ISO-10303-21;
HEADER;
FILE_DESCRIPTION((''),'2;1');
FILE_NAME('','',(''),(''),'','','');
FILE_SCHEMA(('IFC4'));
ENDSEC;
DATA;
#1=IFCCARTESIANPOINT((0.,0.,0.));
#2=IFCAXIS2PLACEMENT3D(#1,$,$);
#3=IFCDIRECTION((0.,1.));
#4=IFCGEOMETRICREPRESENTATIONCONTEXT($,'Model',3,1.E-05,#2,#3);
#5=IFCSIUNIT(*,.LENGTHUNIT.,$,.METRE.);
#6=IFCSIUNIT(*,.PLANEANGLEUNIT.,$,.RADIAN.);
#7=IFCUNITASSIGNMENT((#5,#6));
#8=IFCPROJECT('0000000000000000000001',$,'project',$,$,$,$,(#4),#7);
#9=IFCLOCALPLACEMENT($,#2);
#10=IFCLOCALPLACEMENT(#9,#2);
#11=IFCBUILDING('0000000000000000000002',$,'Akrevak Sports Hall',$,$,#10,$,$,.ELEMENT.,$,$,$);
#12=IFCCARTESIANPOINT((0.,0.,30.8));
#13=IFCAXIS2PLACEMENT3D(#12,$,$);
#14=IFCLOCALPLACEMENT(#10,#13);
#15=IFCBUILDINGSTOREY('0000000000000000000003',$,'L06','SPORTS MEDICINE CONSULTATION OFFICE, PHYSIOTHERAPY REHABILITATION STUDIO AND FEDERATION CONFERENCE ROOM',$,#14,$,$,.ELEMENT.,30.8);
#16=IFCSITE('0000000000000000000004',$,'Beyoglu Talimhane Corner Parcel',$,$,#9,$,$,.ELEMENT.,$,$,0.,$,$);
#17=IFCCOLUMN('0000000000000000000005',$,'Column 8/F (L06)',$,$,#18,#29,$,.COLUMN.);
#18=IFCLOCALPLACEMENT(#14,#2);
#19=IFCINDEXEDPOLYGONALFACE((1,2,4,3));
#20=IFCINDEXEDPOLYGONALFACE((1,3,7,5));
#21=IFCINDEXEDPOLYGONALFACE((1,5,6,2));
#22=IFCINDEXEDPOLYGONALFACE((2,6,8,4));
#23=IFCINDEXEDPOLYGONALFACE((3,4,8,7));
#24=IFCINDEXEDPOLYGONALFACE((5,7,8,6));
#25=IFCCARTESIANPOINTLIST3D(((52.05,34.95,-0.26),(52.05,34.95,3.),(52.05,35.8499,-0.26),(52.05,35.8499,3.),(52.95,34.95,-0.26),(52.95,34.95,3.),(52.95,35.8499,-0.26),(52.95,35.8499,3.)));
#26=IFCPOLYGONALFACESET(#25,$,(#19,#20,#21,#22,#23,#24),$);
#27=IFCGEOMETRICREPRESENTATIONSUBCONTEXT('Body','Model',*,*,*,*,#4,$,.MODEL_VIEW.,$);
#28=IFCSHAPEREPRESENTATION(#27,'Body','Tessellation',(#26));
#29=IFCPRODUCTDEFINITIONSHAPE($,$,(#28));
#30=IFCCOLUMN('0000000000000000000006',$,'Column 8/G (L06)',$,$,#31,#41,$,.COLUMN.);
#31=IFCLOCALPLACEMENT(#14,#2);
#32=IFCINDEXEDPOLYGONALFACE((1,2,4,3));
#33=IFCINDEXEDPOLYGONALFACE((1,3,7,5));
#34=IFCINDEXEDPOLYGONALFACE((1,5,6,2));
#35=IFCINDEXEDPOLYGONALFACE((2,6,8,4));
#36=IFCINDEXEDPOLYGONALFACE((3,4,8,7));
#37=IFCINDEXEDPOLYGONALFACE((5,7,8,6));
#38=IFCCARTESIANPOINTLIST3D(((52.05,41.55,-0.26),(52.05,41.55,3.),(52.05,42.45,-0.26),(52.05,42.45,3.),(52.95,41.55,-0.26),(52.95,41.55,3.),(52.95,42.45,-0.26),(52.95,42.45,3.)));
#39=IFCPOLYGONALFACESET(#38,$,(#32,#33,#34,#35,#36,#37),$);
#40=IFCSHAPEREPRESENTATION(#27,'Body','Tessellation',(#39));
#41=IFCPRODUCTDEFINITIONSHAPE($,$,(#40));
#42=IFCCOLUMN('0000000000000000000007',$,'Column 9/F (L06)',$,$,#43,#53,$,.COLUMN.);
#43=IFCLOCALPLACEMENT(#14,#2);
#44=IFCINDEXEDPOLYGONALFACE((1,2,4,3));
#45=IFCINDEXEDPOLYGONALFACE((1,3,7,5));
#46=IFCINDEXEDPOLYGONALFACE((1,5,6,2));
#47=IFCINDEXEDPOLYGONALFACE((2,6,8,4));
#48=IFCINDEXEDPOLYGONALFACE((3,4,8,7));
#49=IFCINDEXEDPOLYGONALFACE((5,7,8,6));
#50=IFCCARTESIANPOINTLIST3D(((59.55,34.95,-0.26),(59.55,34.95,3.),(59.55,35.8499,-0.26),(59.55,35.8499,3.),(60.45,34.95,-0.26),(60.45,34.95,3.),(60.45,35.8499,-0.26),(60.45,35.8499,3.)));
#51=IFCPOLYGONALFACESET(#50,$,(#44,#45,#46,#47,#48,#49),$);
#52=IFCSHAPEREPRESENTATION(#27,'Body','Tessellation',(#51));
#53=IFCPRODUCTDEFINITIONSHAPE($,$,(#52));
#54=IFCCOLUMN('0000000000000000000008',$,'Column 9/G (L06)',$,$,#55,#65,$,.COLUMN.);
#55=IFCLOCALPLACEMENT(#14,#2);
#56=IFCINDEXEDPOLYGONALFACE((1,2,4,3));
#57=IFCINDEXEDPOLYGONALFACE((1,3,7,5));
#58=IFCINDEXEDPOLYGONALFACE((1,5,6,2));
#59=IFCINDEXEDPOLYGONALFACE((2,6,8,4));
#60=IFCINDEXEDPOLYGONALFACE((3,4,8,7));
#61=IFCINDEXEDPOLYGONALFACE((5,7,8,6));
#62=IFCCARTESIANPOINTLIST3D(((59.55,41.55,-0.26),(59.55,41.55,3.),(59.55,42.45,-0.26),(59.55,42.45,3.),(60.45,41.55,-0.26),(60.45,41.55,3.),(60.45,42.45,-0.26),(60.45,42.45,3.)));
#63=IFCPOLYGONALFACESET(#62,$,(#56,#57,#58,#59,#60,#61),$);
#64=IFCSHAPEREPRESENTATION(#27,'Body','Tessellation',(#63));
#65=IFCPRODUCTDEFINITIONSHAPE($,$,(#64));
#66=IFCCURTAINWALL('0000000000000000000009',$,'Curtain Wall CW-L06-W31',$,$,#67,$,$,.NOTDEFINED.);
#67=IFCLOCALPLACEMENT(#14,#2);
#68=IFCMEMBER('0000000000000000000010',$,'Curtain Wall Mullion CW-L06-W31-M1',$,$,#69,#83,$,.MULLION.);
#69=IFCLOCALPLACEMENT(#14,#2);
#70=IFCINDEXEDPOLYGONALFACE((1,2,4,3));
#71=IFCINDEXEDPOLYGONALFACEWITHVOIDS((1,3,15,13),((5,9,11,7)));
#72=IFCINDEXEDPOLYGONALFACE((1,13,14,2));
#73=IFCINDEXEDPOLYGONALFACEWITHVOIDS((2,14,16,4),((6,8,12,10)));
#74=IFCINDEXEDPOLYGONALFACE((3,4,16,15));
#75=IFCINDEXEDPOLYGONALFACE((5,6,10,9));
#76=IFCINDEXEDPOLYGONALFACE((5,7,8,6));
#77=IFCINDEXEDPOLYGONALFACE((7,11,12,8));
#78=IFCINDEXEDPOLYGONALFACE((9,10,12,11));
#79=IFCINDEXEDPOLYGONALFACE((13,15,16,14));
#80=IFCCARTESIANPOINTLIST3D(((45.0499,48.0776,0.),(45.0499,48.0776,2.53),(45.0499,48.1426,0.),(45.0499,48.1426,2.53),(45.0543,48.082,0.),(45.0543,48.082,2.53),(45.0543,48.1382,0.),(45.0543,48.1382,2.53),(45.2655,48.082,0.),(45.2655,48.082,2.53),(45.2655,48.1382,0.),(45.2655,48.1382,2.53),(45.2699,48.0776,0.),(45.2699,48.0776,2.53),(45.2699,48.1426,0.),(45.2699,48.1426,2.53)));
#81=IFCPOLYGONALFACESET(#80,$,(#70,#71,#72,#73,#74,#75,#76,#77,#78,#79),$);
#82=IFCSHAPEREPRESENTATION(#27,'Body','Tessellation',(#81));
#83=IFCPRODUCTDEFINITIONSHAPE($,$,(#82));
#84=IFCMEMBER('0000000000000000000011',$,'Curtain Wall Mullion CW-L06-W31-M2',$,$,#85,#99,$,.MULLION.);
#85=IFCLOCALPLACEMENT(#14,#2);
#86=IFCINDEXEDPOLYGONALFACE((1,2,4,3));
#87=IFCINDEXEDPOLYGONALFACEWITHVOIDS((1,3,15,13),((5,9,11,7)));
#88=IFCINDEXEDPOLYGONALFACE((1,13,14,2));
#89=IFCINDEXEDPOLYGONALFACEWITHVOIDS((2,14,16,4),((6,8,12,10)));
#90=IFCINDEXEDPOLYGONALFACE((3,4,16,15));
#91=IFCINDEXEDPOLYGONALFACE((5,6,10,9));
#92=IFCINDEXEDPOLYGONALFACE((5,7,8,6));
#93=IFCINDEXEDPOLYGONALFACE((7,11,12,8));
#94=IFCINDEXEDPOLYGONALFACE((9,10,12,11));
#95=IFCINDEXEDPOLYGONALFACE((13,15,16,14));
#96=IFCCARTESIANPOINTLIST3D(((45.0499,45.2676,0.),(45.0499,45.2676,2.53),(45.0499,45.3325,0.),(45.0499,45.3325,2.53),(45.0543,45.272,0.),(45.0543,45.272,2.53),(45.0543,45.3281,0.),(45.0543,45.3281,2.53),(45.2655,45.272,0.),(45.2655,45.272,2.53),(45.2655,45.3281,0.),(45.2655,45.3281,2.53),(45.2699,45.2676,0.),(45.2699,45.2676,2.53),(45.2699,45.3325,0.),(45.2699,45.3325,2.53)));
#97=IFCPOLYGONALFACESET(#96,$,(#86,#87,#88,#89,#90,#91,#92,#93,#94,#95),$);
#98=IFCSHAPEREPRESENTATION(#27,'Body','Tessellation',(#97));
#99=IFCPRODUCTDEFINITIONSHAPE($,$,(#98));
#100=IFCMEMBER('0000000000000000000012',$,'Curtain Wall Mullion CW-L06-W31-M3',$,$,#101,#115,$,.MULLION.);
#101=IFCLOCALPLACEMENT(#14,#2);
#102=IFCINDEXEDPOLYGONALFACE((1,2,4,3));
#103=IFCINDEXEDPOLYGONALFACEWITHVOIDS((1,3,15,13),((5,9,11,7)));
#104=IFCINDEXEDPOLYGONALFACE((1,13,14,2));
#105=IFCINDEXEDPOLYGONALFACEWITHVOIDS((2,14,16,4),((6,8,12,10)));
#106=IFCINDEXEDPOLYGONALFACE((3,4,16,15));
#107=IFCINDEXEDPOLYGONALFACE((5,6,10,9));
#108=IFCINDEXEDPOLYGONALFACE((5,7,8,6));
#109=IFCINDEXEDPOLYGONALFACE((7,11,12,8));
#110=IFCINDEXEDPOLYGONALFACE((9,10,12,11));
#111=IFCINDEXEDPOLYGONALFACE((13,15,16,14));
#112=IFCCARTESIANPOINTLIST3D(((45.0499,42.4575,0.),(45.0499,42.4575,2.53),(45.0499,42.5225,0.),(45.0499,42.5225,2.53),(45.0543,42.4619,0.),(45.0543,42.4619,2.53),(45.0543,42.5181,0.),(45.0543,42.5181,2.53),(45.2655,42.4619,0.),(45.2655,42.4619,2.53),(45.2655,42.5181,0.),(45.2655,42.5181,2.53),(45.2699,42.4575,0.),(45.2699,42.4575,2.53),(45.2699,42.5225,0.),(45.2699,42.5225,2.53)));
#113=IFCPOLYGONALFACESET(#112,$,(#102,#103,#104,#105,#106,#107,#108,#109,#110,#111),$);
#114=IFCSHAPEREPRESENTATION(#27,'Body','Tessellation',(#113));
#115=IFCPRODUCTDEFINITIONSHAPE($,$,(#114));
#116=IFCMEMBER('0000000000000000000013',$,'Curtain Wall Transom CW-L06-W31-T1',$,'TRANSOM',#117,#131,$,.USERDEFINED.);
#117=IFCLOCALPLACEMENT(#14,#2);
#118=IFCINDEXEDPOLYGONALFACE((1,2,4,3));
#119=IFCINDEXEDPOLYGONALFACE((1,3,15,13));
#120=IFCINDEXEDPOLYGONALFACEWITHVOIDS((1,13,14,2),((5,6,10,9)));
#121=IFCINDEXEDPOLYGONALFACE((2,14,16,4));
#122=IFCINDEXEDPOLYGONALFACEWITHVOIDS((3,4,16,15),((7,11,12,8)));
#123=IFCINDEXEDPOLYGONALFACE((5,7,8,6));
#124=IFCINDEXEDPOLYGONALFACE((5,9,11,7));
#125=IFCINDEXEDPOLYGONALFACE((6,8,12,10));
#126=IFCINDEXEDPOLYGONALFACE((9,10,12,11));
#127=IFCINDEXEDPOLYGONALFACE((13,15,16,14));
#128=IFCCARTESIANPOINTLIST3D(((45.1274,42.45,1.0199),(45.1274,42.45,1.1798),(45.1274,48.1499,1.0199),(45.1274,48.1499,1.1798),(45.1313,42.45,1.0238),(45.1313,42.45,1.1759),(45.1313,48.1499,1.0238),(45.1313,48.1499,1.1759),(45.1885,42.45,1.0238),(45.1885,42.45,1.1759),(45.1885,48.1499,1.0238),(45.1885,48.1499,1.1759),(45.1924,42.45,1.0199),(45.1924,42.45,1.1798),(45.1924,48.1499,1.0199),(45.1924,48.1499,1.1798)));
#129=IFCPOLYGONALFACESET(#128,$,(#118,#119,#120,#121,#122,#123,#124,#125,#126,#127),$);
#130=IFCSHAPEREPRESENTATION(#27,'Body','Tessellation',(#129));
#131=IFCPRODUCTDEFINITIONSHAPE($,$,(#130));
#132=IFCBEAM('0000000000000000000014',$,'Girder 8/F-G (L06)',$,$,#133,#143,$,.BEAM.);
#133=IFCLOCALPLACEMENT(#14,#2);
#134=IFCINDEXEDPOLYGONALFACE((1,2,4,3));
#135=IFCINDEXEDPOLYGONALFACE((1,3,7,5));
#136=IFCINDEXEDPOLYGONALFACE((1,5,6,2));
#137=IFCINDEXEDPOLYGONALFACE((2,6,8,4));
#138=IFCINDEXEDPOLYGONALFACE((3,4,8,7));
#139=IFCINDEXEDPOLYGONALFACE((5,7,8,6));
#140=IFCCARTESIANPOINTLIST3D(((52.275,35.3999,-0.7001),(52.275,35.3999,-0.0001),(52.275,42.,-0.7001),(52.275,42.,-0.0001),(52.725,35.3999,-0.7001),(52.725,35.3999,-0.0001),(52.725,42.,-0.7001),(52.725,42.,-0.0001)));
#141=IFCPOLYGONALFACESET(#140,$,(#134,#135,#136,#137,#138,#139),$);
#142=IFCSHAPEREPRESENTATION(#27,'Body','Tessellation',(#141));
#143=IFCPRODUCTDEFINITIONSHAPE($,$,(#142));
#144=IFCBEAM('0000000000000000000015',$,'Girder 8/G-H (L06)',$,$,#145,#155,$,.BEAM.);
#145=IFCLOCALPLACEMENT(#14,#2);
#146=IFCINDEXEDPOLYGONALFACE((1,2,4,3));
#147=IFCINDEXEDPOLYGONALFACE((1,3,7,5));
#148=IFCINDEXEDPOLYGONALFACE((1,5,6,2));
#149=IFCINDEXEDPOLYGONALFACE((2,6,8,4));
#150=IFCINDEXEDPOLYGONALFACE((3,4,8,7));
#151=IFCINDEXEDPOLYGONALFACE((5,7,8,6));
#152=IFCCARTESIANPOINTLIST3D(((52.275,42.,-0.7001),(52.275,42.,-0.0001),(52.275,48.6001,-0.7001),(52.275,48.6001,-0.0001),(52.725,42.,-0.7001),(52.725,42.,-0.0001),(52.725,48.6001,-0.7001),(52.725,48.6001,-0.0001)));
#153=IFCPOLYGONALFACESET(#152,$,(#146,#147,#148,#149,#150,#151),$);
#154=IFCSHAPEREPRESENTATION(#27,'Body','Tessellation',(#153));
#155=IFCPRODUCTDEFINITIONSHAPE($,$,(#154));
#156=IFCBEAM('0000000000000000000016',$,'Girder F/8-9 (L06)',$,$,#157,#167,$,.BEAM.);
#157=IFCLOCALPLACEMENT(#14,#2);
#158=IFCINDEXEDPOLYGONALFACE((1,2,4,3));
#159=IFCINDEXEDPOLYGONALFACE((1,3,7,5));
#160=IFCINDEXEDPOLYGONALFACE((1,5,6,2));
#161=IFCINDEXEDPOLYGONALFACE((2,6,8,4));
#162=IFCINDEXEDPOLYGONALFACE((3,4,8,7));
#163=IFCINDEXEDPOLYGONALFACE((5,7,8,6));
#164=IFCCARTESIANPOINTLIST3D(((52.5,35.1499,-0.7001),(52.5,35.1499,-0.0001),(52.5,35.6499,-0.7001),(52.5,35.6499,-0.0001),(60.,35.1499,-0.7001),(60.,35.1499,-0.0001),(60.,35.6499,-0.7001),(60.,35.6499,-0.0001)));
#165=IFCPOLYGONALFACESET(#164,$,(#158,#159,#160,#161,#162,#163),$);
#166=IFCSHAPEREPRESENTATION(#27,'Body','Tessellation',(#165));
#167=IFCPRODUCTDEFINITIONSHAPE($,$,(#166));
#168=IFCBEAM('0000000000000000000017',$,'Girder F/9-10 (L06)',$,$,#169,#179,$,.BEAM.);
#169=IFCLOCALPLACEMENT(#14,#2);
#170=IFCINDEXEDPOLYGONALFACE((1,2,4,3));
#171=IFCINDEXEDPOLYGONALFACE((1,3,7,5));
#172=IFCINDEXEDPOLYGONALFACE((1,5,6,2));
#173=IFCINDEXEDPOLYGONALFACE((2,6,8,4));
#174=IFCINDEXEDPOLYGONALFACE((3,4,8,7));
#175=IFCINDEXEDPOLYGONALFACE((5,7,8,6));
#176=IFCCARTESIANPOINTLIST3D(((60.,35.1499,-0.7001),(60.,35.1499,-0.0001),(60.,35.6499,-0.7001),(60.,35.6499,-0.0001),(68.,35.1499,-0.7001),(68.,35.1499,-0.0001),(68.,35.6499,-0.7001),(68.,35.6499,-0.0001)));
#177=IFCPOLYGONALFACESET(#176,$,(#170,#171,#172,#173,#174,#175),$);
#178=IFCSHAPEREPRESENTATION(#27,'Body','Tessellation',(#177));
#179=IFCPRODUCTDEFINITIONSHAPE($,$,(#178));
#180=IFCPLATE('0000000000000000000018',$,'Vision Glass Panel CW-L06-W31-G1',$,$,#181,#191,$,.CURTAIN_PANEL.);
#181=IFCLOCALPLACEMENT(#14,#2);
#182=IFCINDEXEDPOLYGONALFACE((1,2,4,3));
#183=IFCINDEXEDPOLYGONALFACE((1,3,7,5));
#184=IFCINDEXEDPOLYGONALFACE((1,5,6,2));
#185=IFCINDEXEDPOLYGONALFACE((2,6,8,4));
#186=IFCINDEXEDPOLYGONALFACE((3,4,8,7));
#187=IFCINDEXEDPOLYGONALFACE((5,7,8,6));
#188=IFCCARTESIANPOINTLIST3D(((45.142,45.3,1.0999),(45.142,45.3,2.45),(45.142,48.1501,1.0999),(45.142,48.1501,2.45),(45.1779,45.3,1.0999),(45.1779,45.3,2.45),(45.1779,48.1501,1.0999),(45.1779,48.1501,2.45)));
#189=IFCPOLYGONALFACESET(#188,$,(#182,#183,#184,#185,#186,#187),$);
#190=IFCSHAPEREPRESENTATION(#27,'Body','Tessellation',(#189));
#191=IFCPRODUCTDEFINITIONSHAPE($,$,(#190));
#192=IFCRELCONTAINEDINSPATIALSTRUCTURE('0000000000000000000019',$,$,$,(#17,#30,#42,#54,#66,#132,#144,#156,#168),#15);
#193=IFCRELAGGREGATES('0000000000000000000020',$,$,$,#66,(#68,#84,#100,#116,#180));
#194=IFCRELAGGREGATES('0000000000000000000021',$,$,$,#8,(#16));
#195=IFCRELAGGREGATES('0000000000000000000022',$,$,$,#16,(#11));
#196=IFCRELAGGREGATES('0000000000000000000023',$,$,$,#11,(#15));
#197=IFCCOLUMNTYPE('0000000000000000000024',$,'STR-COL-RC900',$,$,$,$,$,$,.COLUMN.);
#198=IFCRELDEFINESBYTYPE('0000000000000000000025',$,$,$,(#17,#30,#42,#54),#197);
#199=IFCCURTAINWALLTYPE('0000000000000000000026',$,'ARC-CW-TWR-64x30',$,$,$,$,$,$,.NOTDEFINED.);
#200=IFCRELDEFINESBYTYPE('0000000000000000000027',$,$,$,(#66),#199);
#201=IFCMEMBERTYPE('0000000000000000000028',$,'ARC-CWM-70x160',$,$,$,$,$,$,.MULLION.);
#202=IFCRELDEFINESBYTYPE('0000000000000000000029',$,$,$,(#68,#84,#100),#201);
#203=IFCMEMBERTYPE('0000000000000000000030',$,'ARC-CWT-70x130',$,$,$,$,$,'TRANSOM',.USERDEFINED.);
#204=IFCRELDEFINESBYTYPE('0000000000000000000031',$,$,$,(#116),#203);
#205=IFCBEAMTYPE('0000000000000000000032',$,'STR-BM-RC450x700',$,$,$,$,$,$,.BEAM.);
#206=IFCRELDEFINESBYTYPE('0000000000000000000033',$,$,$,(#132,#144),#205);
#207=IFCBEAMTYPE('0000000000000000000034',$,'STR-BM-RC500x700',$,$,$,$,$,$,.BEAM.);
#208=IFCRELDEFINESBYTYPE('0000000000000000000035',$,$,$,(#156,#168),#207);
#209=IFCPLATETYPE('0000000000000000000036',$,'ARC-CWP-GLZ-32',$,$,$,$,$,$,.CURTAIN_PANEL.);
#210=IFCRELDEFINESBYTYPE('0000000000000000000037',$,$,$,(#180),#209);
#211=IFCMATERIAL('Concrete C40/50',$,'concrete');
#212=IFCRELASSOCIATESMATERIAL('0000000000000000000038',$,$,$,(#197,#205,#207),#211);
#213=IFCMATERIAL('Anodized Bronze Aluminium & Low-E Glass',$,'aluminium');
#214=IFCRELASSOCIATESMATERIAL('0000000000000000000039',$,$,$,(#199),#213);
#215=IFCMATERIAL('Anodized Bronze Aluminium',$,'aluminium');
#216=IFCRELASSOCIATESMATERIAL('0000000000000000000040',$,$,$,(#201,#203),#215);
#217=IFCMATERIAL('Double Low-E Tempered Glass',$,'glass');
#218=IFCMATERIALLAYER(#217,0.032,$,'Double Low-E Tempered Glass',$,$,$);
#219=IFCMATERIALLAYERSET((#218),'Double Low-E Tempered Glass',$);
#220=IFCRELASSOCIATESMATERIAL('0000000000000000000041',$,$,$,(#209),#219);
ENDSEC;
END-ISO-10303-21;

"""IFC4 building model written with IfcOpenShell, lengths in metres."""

from ifc_helpers import new_model, si_unit, direction, frame, origin, origin_2d, place, context, subcontext, project, spatial, rectangle, hollow_rectangle, extrude, material, layer, layer_set, material_profile, profile_set, type_object, element, aggregate, save


model = new_model("IFC4")

# Units and contexts
model_context = context("Model", 3, precision=1e-05, world=origin(), true_north=direction((0.0, 1.0)))
body_context = subcontext(model_context, "Body", "Model", "MODEL_VIEW")
ifc_project = project(units=[si_unit("LENGTHUNIT", "METRE"), si_unit("PLANEANGLEUNIT", "RADIAN")], contexts=[model_context])

# Site, building, storey
site_placement = place(None, origin())
site = spatial("IfcSite", under=ifc_project, at=site_placement, Name="Beyoglu Talimhane Corner Parcel", CompositionType="ELEMENT", RefElevation=0.0)
building_placement = place(site_placement, origin())
building = spatial("IfcBuilding", under=site, at=building_placement, Name="Akrevak Sports Hall", CompositionType="ELEMENT")
storey_placement = place(building_placement, frame((0.0, 0.0, 30.8)))
storey = spatial("IfcBuildingStorey", under=building, at=storey_placement, Name="L06", Description="SPORTS MEDICINE CONSULTATION OFFICE, PHYSIOTHERAPY REHABILITATION STUDIO AND FEDERATION CONFERENCE ROOM", CompositionType="ELEMENT", Elevation=30.8)

# Columns
ifc_material_1 = material(Name="Concrete C40/50", Category="concrete")
ifc_material_profile_1 = material_profile(ifc_material_1, rectangle(XDim=0.8999, YDim=0.8999, at=origin_2d()), Name="RC 900x900", Category="concrete")
ifc_profile_set_1 = profile_set([ifc_material_profile_1], Name="Concrete C40/50")
column_type = type_object("IfcColumnType", Name="STR-COL-RC900", PredefinedType="COLUMN", material=ifc_profile_set_1)
for number, where, z_axis, x_axis, name in (
    (1, (52.5, 35.3999, -0.26), (0.0, 0.0, 1.0), (1.0, 0.0, 0.0), "Column 8/F (L06)"),
    (2, (52.5, 42.0, -0.26), (0.0, 0.0, 1.0), (1.0, 0.0, 0.0), "Column 8/G (L06)"),
    (3, (60.0, 35.3999, -0.26), (0.0, 0.0, 1.0), (1.0, 0.0, 0.0), "Column 9/F (L06)"),
    (4, (60.0, 42.0, -0.26), (0.0, 0.0, 1.0), (1.0, 0.0, 0.0), "Column 9/G (L06)"),
):
    element("IfcColumn", number, at=place(storey_placement, frame(where, z_axis=z_axis, x_axis=x_axis)), inside=storey, type_object=column_type, Name=name, PredefinedType="COLUMN", context=body_context, shape_type="SweptSolid", body=[
        extrude(rectangle(XDim=0.8999, YDim=0.8999, at=origin_2d()), origin(), (0.0, 0.0, 1.0), 3.26),
    ])

# Curtain wall, members
ifc_material_2 = material(Name="Anodized Bronze Aluminium & Low-E Glass", Category="aluminium")
curtain_wall_type = type_object("IfcCurtainWallType", Name="ARC-CW-TWR-64x30", PredefinedType="NOTDEFINED", material=ifc_material_2)
curtain_wall_placement = place(storey_placement, origin())
curtain_wall = element("IfcCurtainWall", 5, at=curtain_wall_placement, inside=storey, type_object=curtain_wall_type, Name="Curtain Wall CW-L06-W31", PredefinedType="NOTDEFINED")
ifc_material_3 = material(Name="Anodized Bronze Aluminium", Category="aluminium")
ifc_material_profile_2 = material_profile(ifc_material_3, hollow_rectangle(XDim=0.0649, YDim=0.22, WallThickness=0.0044, at=origin_2d()), Name="CWM 65x220", Category="aluminium")
ifc_profile_set_2 = profile_set([ifc_material_profile_2], Name="Anodized Bronze Aluminium")
member_type_1 = type_object("IfcMemberType", Name="ARC-CWM-70x160", PredefinedType="MULLION", material=ifc_profile_set_2)
member_1_placement = place(storey_placement, frame((45.1599, 48.1101, 0.0), z_axis=(0.0, 0.0, 1.0), x_axis=(0.0, -1.0, 0.0)))
member_1 = element("IfcMember", 6, at=member_1_placement, type_object=member_type_1, Name="Curtain Wall Mullion CW-L06-W31-M1", PredefinedType="MULLION", context=body_context, shape_type="SweptSolid", body=[
    extrude(hollow_rectangle(XDim=0.0649, YDim=0.22, WallThickness=0.0044, at=origin_2d()), origin(), (0.0, 0.0, 1.0), 2.53),
])
member_2_placement = place(storey_placement, frame((45.1599, 45.3, 0.0), z_axis=(0.0, 0.0, 1.0), x_axis=(0.0, -1.0, 0.0)))
member_2 = element("IfcMember", 7, at=member_2_placement, type_object=member_type_1, Name="Curtain Wall Mullion CW-L06-W31-M2", PredefinedType="MULLION", context=body_context, shape_type="SweptSolid", body=[
    extrude(hollow_rectangle(XDim=0.0649, YDim=0.22, WallThickness=0.0044, at=origin_2d()), origin(), (0.0, 0.0, 1.0), 2.53),
])
member_3_placement = place(storey_placement, frame((45.1599, 42.49, 0.0), z_axis=(0.0, 0.0, 1.0), x_axis=(0.0, -1.0, 0.0)))
member_3 = element("IfcMember", 8, at=member_3_placement, type_object=member_type_1, Name="Curtain Wall Mullion CW-L06-W31-M3", PredefinedType="MULLION", context=body_context, shape_type="SweptSolid", body=[
    extrude(hollow_rectangle(XDim=0.0649, YDim=0.22, WallThickness=0.0044, at=origin_2d()), origin(), (0.0, 0.0, 1.0), 2.53),
])
ifc_material_profile_3 = material_profile(ifc_material_3, hollow_rectangle(XDim=0.0649, YDim=0.1599, WallThickness=0.0039, at=origin_2d()), Name="CWT 65x160", Category="aluminium")
ifc_profile_set_3 = profile_set([ifc_material_profile_3], Name="Anodized Bronze Aluminium")
member_type_2 = type_object("IfcMemberType", Name="ARC-CWT-70x130", ElementType="TRANSOM", PredefinedType="USERDEFINED", material=ifc_profile_set_3)
member_4_placement = place(storey_placement, frame((45.1599, 48.1499, 1.0999), z_axis=(0.0, -1.0, 0.0), x_axis=(1.0, 0.0, 0.0)))
member_4 = element("IfcMember", 9, at=member_4_placement, type_object=member_type_2, Name="Curtain Wall Transom CW-L06-W31-T1", ObjectType="TRANSOM", PredefinedType="USERDEFINED", context=body_context, shape_type="SweptSolid", body=[
    extrude(hollow_rectangle(XDim=0.0649, YDim=0.1599, WallThickness=0.0039, at=origin_2d()), origin(), (0.0, 0.0, 1.0), 5.7),
])

# Beams
ifc_material_profile_4 = material_profile(ifc_material_1, rectangle(XDim=0.45, YDim=0.7, at=origin_2d()), Name="BM 450x700", Category="concrete")
ifc_profile_set_4 = profile_set([ifc_material_profile_4], Name="Concrete C40/50")
beam_type_1 = type_object("IfcBeamType", Name="STR-BM-RC450x700", PredefinedType="BEAM", material=ifc_profile_set_4)
for number, where, z_axis, x_axis, name in (
    (10, (52.5, 35.3999, -0.3501), (0.0, 1.0, 0.0), (-1.0, 0.0, 0.0), "Girder 8/F-G (L06)"),
    (11, (52.5, 42.0, -0.3501), (0.0, 1.0, 0.0), (-1.0, 0.0, 0.0), "Girder 8/G-H (L06)"),
):
    element("IfcBeam", number, at=place(storey_placement, frame(where, z_axis=z_axis, x_axis=x_axis)), inside=storey, type_object=beam_type_1, Name=name, PredefinedType="BEAM", context=body_context, shape_type="SweptSolid", body=[
        extrude(rectangle(XDim=0.45, YDim=0.7, at=origin_2d()), origin(), (0.0, 0.0, 1.0), 6.6001),
    ])
ifc_material_profile_5 = material_profile(ifc_material_1, rectangle(XDim=0.5, YDim=0.7, at=origin_2d()), Name="BM 500x700", Category="concrete")
ifc_profile_set_5 = profile_set([ifc_material_profile_5], Name="Concrete C40/50")
beam_type_2 = type_object("IfcBeamType", Name="STR-BM-RC500x700", PredefinedType="BEAM", material=ifc_profile_set_5)
beam_1_placement = place(storey_placement, frame((52.5, 35.3999, -0.3501), z_axis=(1.0, 0.0, 0.0), x_axis=(0.0, 1.0, 0.0)))
element("IfcBeam", 12, at=beam_1_placement, inside=storey, type_object=beam_type_2, Name="Girder F/8-9 (L06)", PredefinedType="BEAM", context=body_context, shape_type="SweptSolid", body=[
    extrude(rectangle(XDim=0.5, YDim=0.7, at=origin_2d()), origin(), (0.0, 0.0, 1.0), 7.5),
])
beam_2_placement = place(storey_placement, frame((60.0, 35.3999, -0.3501), z_axis=(1.0, 0.0, 0.0), x_axis=(0.0, 1.0, 0.0)))
element("IfcBeam", 13, at=beam_2_placement, inside=storey, type_object=beam_type_2, Name="Girder F/9-10 (L06)", PredefinedType="BEAM", context=body_context, shape_type="SweptSolid", body=[
    extrude(rectangle(XDim=0.5, YDim=0.7, at=origin_2d()), origin(), (0.0, 0.0, 1.0), 8.0),
])

# Plate
ifc_material_4 = material(Name="Double Low-E Tempered Glass", Category="glass")
ifc_layer_1 = layer(ifc_material_4, 0.032, Name="Double Low-E Tempered Glass")
ifc_layer_set_1 = layer_set([ifc_layer_1], Name="Double Low-E Tempered Glass")
plate_type_1 = type_object("IfcPlateType", Name="ARC-CWP-GLZ-32", PredefinedType="CURTAIN_PANEL", material=ifc_layer_set_1)
plate_1_placement = place(storey_placement, frame((45.1599, 46.7251, 1.0999), z_axis=(0.0, 0.0, 1.0), x_axis=(0.0, -1.0, 0.0)))
plate_1 = element("IfcPlate", 14, at=plate_1_placement, type_object=plate_type_1, Name="Vision Glass Panel CW-L06-W31-G1", PredefinedType="CURTAIN_PANEL", context=body_context, shape_type="SweptSolid", body=[
    extrude(rectangle(XDim=2.8501, YDim=0.0359, at=origin_2d()), origin(), (0.0, 0.0, 1.0), 1.3501),
])
aggregate(curtain_wall, [member_1, member_2, member_3, member_4, plate_1])

save(model, "model.ifc")
